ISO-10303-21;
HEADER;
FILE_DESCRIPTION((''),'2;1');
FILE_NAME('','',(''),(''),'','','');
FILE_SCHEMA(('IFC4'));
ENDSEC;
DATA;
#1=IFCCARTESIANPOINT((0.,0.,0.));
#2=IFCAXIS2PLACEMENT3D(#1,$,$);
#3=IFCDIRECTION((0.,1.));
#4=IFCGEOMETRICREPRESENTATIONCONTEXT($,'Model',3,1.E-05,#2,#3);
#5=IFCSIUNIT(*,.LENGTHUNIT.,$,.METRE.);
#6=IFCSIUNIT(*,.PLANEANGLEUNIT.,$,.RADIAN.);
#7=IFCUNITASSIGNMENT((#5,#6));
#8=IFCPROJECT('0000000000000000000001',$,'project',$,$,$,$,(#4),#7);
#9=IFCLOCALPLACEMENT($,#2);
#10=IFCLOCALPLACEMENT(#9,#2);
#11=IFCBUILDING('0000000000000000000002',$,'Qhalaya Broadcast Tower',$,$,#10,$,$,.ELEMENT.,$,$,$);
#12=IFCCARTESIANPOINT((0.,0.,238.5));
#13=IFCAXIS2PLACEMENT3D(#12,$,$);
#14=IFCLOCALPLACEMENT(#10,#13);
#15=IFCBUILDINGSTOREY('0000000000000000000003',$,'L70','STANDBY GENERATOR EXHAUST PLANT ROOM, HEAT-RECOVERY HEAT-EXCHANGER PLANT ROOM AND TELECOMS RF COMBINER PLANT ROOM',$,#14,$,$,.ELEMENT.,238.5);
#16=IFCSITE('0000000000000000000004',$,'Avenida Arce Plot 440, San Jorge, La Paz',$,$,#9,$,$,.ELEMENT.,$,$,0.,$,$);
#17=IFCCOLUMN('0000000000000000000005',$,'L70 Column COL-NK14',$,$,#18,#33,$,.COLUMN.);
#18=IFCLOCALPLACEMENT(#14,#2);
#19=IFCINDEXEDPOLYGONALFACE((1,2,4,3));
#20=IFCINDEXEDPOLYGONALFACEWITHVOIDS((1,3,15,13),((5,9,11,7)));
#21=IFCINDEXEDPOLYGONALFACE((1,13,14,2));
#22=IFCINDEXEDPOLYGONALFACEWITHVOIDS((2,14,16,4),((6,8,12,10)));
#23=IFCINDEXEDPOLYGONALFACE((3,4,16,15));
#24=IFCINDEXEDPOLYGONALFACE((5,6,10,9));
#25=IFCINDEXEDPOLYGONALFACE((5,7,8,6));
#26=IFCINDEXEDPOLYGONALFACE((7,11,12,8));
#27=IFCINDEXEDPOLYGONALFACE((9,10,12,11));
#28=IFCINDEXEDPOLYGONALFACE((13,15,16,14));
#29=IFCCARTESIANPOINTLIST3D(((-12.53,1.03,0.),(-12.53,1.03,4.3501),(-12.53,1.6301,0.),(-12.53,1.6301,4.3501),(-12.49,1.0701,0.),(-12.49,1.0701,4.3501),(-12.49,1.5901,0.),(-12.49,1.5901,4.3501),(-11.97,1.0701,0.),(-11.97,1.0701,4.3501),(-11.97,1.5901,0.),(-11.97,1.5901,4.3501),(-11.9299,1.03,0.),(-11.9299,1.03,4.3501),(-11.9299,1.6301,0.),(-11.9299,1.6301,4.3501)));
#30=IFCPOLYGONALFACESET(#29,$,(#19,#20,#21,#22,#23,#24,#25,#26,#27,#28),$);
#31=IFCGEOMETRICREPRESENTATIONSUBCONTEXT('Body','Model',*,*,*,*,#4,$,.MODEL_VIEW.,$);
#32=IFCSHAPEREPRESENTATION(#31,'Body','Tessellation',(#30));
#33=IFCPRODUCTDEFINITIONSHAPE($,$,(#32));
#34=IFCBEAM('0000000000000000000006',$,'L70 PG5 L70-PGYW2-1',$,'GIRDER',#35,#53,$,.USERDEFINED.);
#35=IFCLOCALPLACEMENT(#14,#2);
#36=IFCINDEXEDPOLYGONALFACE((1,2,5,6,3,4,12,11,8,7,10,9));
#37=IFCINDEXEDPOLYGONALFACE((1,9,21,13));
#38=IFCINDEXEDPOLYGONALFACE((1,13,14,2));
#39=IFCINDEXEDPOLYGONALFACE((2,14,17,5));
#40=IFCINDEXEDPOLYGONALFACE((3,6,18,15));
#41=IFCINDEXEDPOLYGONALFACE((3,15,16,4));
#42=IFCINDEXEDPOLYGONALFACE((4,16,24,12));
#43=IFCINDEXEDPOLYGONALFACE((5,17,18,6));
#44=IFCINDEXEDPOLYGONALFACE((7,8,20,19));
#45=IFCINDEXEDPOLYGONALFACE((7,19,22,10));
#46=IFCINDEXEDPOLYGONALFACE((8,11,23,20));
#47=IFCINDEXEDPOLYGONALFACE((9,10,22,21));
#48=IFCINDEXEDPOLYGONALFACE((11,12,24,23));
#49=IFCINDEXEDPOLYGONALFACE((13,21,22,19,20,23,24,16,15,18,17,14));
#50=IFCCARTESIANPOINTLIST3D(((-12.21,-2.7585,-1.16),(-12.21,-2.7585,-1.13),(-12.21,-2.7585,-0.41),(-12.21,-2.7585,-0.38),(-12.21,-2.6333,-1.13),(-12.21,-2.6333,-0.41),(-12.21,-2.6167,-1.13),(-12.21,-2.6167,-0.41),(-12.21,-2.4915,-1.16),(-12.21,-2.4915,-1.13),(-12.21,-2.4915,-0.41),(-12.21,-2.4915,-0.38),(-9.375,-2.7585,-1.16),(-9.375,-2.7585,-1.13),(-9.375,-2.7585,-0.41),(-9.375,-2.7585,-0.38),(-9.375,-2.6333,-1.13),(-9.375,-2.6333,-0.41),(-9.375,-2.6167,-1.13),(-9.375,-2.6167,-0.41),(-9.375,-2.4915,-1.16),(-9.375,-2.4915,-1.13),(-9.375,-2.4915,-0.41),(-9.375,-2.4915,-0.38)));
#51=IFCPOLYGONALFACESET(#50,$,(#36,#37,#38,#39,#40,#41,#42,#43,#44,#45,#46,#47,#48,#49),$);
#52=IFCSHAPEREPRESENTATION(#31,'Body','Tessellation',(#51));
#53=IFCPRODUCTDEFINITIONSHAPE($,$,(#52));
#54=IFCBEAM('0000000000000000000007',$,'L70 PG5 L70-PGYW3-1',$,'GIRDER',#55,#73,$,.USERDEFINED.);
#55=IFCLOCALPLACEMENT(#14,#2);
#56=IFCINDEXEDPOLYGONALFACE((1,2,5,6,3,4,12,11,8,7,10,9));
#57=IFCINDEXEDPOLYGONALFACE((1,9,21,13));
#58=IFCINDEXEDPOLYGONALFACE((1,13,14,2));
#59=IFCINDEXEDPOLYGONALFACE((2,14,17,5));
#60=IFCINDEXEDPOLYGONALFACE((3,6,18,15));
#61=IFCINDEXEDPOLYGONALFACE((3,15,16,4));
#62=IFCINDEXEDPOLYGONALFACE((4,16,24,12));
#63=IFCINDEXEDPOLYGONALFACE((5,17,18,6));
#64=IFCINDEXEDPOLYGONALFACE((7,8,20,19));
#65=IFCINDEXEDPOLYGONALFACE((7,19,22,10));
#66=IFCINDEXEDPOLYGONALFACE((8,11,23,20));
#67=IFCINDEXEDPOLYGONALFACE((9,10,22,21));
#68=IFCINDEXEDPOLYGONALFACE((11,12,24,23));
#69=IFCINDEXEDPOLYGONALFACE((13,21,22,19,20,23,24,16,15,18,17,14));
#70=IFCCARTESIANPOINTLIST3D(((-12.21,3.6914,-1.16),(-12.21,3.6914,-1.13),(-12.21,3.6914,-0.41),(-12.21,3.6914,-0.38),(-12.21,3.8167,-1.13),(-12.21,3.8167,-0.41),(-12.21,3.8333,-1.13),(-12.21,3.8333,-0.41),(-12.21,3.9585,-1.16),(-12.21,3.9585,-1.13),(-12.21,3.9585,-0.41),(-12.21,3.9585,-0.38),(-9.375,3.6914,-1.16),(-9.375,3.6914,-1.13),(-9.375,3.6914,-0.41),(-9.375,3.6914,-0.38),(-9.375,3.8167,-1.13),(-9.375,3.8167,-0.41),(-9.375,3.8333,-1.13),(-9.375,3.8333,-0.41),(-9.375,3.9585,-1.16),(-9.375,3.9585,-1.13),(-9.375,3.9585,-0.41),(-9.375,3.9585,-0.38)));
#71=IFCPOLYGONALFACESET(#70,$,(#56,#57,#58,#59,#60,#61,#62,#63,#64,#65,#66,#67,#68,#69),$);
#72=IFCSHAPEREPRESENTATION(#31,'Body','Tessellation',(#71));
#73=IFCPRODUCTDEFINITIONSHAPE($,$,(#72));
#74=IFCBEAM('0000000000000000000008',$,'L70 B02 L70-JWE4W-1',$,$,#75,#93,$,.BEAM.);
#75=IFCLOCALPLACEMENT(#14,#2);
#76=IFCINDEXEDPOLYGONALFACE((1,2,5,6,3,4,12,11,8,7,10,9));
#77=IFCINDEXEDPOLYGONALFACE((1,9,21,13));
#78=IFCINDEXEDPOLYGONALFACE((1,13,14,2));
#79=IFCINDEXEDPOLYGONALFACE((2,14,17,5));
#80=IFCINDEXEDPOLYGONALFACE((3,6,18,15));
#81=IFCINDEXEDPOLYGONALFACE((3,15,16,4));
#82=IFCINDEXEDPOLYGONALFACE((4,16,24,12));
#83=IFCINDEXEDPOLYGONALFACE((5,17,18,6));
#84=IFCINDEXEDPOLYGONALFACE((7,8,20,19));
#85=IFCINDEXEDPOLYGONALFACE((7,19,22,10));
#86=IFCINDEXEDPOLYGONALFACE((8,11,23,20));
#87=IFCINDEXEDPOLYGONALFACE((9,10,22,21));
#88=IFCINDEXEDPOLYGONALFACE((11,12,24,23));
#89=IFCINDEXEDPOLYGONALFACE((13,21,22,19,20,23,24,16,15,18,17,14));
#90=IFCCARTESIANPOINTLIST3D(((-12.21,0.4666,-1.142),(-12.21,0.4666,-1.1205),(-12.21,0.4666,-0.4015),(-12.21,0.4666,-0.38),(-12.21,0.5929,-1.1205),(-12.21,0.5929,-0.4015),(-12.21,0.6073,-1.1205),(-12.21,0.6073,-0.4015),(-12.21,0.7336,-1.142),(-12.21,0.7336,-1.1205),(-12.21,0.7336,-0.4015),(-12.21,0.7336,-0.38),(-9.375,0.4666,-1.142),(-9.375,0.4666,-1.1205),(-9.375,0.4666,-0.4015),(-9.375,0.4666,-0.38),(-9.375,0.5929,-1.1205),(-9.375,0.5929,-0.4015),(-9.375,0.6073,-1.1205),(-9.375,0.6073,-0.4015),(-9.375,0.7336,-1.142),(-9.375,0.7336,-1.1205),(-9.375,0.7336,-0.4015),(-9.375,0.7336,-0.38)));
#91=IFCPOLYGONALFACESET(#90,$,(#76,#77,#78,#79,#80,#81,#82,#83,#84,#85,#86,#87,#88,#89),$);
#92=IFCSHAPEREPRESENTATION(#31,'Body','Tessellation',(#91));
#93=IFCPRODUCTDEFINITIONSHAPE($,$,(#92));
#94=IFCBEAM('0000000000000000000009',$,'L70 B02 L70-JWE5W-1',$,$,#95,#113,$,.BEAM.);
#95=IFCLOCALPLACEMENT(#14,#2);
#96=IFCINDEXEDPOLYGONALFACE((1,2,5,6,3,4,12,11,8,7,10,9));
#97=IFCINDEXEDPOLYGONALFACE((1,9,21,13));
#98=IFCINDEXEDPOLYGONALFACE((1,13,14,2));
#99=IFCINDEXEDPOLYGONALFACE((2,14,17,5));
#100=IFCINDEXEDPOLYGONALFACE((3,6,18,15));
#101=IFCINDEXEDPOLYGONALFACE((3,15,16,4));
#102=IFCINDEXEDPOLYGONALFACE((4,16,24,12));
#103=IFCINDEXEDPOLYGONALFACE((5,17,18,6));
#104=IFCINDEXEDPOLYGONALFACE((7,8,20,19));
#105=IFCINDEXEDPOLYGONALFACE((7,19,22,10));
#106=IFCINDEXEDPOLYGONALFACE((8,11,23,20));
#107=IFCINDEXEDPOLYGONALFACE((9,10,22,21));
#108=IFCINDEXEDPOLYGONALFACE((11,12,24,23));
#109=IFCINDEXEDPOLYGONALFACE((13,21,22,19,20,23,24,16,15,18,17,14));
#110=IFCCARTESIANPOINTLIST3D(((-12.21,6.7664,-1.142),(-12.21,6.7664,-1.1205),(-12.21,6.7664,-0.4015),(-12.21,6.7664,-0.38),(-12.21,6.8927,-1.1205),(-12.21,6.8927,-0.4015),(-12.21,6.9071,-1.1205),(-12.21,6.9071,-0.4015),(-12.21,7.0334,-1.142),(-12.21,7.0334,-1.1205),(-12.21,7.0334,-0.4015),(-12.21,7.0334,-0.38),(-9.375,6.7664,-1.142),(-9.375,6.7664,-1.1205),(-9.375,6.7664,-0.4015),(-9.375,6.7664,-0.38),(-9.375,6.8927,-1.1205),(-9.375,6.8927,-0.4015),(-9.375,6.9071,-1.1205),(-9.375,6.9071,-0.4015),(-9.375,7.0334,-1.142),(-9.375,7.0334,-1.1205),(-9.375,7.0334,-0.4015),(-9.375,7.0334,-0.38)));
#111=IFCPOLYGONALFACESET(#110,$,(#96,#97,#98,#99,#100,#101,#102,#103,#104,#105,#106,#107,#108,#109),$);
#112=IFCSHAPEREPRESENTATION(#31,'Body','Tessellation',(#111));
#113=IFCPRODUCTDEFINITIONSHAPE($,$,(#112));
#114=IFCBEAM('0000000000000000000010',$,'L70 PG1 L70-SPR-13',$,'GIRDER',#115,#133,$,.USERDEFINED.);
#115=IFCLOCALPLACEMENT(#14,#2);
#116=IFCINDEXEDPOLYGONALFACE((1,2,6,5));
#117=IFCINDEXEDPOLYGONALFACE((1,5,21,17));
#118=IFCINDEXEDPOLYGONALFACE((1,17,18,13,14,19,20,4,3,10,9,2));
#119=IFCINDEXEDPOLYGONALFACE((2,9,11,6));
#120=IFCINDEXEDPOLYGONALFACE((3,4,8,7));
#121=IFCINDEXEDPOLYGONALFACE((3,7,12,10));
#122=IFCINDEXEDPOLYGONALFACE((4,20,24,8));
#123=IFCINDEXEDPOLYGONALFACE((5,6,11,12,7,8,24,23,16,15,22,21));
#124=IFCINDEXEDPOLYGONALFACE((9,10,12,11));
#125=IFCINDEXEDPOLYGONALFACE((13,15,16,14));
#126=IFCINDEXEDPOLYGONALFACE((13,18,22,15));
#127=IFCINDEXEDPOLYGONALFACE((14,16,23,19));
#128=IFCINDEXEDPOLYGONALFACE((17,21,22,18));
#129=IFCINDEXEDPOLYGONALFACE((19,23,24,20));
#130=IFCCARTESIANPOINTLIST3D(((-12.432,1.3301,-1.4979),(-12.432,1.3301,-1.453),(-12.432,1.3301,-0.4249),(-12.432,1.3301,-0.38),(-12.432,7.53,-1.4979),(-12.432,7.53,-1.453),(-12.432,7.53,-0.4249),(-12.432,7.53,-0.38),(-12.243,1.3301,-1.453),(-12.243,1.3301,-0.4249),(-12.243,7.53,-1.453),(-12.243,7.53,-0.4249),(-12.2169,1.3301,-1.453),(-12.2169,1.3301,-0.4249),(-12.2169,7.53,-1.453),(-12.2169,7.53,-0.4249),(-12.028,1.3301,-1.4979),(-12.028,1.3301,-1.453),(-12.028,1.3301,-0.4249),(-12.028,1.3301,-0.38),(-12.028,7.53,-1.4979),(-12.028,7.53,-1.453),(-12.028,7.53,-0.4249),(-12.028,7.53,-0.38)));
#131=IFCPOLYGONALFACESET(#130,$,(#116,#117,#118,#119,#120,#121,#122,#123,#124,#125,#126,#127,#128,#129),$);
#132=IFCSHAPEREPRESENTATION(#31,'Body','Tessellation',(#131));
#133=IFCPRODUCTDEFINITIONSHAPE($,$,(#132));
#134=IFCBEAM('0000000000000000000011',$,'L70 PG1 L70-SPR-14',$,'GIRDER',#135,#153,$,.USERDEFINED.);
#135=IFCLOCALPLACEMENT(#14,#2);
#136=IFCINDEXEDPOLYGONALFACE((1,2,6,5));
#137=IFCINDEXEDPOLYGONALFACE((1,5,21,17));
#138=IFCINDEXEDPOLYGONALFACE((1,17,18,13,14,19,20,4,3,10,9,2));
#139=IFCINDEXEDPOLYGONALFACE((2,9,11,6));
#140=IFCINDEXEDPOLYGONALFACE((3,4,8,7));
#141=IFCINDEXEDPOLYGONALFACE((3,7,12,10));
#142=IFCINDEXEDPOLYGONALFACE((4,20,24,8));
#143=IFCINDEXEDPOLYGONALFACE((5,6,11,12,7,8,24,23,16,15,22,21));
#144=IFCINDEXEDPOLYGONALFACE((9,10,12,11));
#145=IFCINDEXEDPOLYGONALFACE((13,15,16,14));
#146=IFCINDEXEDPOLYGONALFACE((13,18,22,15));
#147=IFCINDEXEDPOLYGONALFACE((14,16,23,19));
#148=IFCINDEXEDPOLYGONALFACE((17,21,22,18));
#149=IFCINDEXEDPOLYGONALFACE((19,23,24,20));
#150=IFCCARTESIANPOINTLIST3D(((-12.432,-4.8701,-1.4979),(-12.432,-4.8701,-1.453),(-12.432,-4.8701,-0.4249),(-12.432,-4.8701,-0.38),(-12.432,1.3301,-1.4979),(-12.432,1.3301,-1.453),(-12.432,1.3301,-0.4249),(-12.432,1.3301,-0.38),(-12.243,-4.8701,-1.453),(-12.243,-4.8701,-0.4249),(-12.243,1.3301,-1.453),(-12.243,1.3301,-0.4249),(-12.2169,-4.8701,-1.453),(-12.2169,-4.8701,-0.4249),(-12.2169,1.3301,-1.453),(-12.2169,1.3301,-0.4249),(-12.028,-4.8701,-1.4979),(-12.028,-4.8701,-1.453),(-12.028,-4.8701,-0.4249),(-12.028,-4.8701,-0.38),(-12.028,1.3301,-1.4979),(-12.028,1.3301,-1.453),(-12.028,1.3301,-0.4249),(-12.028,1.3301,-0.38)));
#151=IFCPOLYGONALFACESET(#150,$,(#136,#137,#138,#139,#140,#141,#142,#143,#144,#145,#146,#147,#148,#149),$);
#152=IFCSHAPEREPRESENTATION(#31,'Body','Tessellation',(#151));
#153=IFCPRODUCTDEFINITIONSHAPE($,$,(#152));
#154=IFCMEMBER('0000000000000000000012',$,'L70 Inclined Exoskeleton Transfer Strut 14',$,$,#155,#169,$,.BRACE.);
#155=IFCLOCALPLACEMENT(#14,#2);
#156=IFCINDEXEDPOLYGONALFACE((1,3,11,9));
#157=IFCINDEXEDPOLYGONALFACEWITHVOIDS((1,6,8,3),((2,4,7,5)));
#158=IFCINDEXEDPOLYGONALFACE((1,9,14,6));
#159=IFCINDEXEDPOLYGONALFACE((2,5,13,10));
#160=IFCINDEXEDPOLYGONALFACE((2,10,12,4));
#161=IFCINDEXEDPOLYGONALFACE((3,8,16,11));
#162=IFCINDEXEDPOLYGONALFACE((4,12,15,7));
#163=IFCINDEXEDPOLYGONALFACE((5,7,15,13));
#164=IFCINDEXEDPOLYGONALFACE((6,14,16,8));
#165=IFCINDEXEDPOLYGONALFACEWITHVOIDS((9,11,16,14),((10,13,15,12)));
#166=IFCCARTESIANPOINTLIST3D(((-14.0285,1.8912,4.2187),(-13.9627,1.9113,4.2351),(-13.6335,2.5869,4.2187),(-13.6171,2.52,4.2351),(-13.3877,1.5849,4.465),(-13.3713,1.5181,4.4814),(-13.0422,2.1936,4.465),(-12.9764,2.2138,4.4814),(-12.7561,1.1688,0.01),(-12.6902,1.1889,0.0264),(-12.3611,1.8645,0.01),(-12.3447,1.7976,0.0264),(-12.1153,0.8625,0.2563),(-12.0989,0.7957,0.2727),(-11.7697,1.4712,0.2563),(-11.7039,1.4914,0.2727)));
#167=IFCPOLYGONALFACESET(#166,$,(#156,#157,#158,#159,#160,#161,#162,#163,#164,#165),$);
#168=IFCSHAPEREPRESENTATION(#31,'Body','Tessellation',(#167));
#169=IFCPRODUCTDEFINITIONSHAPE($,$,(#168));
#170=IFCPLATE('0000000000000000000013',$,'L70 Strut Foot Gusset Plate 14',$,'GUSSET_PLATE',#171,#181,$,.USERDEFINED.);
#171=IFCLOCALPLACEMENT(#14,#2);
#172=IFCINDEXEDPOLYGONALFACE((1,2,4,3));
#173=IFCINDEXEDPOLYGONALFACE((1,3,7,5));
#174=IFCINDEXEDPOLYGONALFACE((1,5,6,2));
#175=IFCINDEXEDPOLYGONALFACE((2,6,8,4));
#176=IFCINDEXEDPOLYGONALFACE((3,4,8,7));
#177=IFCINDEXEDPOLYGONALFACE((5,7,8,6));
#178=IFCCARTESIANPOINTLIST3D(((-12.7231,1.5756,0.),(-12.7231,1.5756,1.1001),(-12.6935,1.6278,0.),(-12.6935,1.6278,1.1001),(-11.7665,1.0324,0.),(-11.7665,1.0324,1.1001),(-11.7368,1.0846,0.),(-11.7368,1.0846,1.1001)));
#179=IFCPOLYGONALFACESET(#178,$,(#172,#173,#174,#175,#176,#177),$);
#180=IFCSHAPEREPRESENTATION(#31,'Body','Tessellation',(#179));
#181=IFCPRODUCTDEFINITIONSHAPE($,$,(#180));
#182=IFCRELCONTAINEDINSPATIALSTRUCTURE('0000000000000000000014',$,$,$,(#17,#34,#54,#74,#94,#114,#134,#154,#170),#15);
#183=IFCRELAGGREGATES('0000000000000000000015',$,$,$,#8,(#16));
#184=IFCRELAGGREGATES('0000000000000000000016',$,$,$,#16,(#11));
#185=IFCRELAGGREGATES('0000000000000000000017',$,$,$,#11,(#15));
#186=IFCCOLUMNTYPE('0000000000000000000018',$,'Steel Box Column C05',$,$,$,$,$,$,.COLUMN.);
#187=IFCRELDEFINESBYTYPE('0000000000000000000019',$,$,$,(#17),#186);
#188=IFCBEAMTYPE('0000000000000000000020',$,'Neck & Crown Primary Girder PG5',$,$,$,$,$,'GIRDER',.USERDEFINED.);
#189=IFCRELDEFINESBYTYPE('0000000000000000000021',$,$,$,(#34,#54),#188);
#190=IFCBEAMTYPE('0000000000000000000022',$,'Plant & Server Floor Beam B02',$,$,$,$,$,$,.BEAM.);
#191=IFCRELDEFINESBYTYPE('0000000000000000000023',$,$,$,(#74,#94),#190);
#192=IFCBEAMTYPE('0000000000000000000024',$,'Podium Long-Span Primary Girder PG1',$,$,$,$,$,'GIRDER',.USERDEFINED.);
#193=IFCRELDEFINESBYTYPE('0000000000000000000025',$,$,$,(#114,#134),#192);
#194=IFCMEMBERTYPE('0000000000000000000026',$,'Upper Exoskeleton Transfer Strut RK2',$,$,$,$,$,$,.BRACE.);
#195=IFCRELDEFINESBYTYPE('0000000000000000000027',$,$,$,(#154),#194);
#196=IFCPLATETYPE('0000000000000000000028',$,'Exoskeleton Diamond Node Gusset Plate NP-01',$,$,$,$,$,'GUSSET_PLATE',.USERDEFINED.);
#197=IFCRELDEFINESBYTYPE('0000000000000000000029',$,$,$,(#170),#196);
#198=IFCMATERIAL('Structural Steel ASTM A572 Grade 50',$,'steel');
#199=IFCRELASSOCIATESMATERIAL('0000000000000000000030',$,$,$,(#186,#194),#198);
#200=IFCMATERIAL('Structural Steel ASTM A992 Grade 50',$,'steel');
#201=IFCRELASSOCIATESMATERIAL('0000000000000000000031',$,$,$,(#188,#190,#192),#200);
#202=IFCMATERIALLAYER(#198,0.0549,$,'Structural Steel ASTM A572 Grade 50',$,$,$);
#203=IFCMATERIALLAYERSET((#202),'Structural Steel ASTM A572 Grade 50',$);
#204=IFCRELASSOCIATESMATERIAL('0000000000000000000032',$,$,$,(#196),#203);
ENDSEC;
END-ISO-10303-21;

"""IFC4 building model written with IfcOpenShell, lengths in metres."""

from ifc_helpers import new_model, si_unit, direction, frame, origin, origin_2d, place, context, subcontext, project, spatial, rectangle, hollow_rectangle, i_section, extrude, material, layer, layer_set, material_profile, profile_set, type_object, element, save


model = new_model("IFC4")

# Units and contexts
model_context = context("Model", 3, precision=1e-05, world=origin(), true_north=direction((0.0, 1.0)))
body_context = subcontext(model_context, "Body", "Model", "MODEL_VIEW")
ifc_project = project(units=[si_unit("LENGTHUNIT", "METRE"), si_unit("PLANEANGLEUNIT", "RADIAN")], contexts=[model_context])

# Site, building, storey
site_placement = place(None, origin())
site = spatial("IfcSite", under=ifc_project, at=site_placement, Name="Avenida Arce Plot 440, San Jorge, La Paz", CompositionType="ELEMENT", RefElevation=0.0)
building_placement = place(site_placement, origin())
building = spatial("IfcBuilding", under=site, at=building_placement, Name="Qhalaya Broadcast Tower", CompositionType="ELEMENT")
storey_placement = place(building_placement, frame((0.0, 0.0, 238.5)))
storey = spatial("IfcBuildingStorey", under=building, at=storey_placement, Name="L70", Description="STANDBY GENERATOR EXHAUST PLANT ROOM, HEAT-RECOVERY HEAT-EXCHANGER PLANT ROOM AND TELECOMS RF COMBINER PLANT ROOM", CompositionType="ELEMENT", Elevation=238.5)

# Column
ifc_material_1 = material(Name="Structural Steel ASTM A572 Grade 50", Category="steel")
ifc_material_profile_1 = material_profile(ifc_material_1, hollow_rectangle(XDim=0.6001, YDim=0.6001, WallThickness=0.04, at=origin_2d()), Name="BOX 600x600x40")
ifc_profile_set_1 = profile_set([ifc_material_profile_1], Name="Structural Steel ASTM A572 Grade 50")
column_type = type_object("IfcColumnType", Name="Steel Box Column C05", PredefinedType="COLUMN", material=ifc_profile_set_1)
column_placement = place(storey_placement, frame((-12.23, 1.3301, 0.0), z_axis=(0.0, 0.0, 1.0), x_axis=(0.0, 1.0, 0.0)))
element("IfcColumn", 1, at=column_placement, inside=storey, type_object=column_type, Name="L70 Column COL-NK14", PredefinedType="COLUMN", context=body_context, shape_type="SweptSolid", body=[
    extrude(hollow_rectangle(XDim=0.6001, YDim=0.6001, WallThickness=0.04, at=origin_2d()), origin(), (0.0, 0.0, 1.0), 4.3501),
])

# Beams
ifc_material_2 = material(Name="Structural Steel ASTM A992 Grade 50", Category="steel")
ifc_material_profile_2 = material_profile(ifc_material_2, i_section(OverallWidth=0.2671, OverallDepth=0.78, WebThickness=0.0166, FlangeThickness=0.03, at=origin_2d()), Name="W30X148")
ifc_profile_set_2 = profile_set([ifc_material_profile_2], Name="Structural Steel ASTM A992 Grade 50")
beam_type_1 = type_object("IfcBeamType", Name="Neck & Crown Primary Girder PG5", ElementType="GIRDER", PredefinedType="USERDEFINED", material=ifc_profile_set_2)
for number, where, z_axis, x_axis, name in (
    (2, (-12.21, -2.625, -0.77), (1.0, 0.0, 0.0), (0.0, 1.0, 0.0), "L70 PG5 L70-PGYW2-1"),
    (3, (-12.21, 3.825, -0.77), (1.0, 0.0, 0.0), (0.0, 1.0, 0.0), "L70 PG5 L70-PGYW3-1"),
):
    element("IfcBeam", number, at=place(storey_placement, frame(where, z_axis=z_axis, x_axis=x_axis)), inside=storey, type_object=beam_type_1, Name=name, ObjectType="GIRDER", PredefinedType="USERDEFINED", context=body_context, shape_type="SweptSolid", body=[
        extrude(i_section(OverallWidth=0.2671, OverallDepth=0.78, WebThickness=0.0166, FlangeThickness=0.03, at=origin_2d()), origin(), (0.0, 0.0, 1.0), 2.835),
    ])
ifc_material_profile_3 = material_profile(ifc_material_2, i_section(OverallWidth=0.2671, OverallDepth=0.762, WebThickness=0.0144, FlangeThickness=0.0215, at=origin_2d()), Name="W30X116")
ifc_profile_set_3 = profile_set([ifc_material_profile_3], Name="Structural Steel ASTM A992 Grade 50")
beam_type_2 = type_object("IfcBeamType", Name="Plant & Server Floor Beam B02", PredefinedType="BEAM", material=ifc_profile_set_3)
for number, where, z_axis, x_axis, name in (
    (4, (-12.21, 0.6001, -0.761), (1.0, 0.0, 0.0), (0.0, 1.0, 0.0), "L70 B02 L70-JWE4W-1"),
    (5, (-12.21, 6.8999, -0.761), (1.0, 0.0, 0.0), (0.0, 1.0, 0.0), "L70 B02 L70-JWE5W-1"),
):
    element("IfcBeam", number, at=place(storey_placement, frame(where, z_axis=z_axis, x_axis=x_axis)), inside=storey, type_object=beam_type_2, Name=name, PredefinedType="BEAM", context=body_context, shape_type="SweptSolid", body=[
        extrude(i_section(OverallWidth=0.2671, OverallDepth=0.762, WebThickness=0.0144, FlangeThickness=0.0215, at=origin_2d()), origin(), (0.0, 0.0, 1.0), 2.835),
    ])
ifc_material_profile_4 = material_profile(ifc_material_2, i_section(OverallWidth=0.4041, OverallDepth=1.1179, WebThickness=0.0261, FlangeThickness=0.0449, at=origin_2d()), Name="W44X335")
ifc_profile_set_4 = profile_set([ifc_material_profile_4], Name="Structural Steel ASTM A992 Grade 50")
beam_type_3 = type_object("IfcBeamType", Name="Podium Long-Span Primary Girder PG1", ElementType="GIRDER", PredefinedType="USERDEFINED", material=ifc_profile_set_4)
beam_1_placement = place(storey_placement, frame((-12.23, 7.53, -0.939), z_axis=(0.0, -1.0, 0.0), x_axis=(1.0, 0.0, 0.0)))
element("IfcBeam", 6, at=beam_1_placement, inside=storey, type_object=beam_type_3, Name="L70 PG1 L70-SPR-13", ObjectType="GIRDER", PredefinedType="USERDEFINED", context=body_context, shape_type="SweptSolid", body=[
    extrude(i_section(OverallWidth=0.4041, OverallDepth=1.1179, WebThickness=0.0261, FlangeThickness=0.0449, at=origin_2d()), origin(), (0.0, 0.0, 1.0), 6.2),
])
beam_2_placement = place(storey_placement, frame((-12.23, 1.3301, -0.939), z_axis=(0.0, -1.0, 0.0), x_axis=(1.0, 0.0, 0.0)))
element("IfcBeam", 7, at=beam_2_placement, inside=storey, type_object=beam_type_3, Name="L70 PG1 L70-SPR-14", ObjectType="GIRDER", PredefinedType="USERDEFINED", context=body_context, shape_type="SweptSolid", body=[
    extrude(i_section(OverallWidth=0.4041, OverallDepth=1.1179, WebThickness=0.0261, FlangeThickness=0.0449, at=origin_2d()), origin(), (0.0, 0.0, 1.0), 6.2002),
])

# Member
ifc_material_profile_5 = material_profile(ifc_material_1, hollow_rectangle(XDim=0.8, YDim=0.8, WallThickness=0.05, at=origin_2d()), Name="BOX 800x800x50")
ifc_profile_set_5 = profile_set([ifc_material_profile_5], Name="Structural Steel ASTM A572 Grade 50")
member_type = type_object("IfcMemberType", Name="Upper Exoskeleton Transfer Strut RK2", PredefinedType="BRACE", material=ifc_profile_set_5)
member_placement = place(storey_placement, frame((-12.23, 1.3301, 0.1414), z_axis=(-0.285571, 0.162127, 0.944544), x_axis=(-0.493711, -0.869626, 0.0)))
element("IfcMember", 8, at=member_placement, inside=storey, type_object=member_type, Name="L70 Inclined Exoskeleton Transfer Strut 14", PredefinedType="BRACE", context=body_context, shape_type="SweptSolid", body=[
    extrude(hollow_rectangle(XDim=0.8, YDim=0.8, WallThickness=0.05, at=origin_2d()), origin(), (0.0, 0.0, 1.0), 4.4558),
])

# Plate
ifc_layer_1 = layer(ifc_material_1, 0.0549, Name="Structural Steel ASTM A572 Grade 50")
ifc_layer_set_1 = layer_set([ifc_layer_1], Name="Structural Steel ASTM A572 Grade 50")
plate_type_1 = type_object("IfcPlateType", Name="Exoskeleton Diamond Node Gusset Plate NP-01", ElementType="GUSSET_PLATE", PredefinedType="USERDEFINED", material=ifc_layer_set_1)
for number, where, z_axis, x_axis, name in (
    (9, (-12.23, 1.3301, 0.0), (0.0, 0.0, 1.0), (-0.86959, 0.493775, 0.0), "L70 Strut Foot Gusset Plate 14"),
):
    element("IfcPlate", number, at=place(storey_placement, frame(where, z_axis=z_axis, x_axis=x_axis)), inside=storey, type_object=plate_type_1, Name=name, ObjectType="GUSSET_PLATE", PredefinedType="USERDEFINED", context=body_context, shape_type="SweptSolid", body=[
        extrude(rectangle(XDim=1.1001, YDim=0.0601, at=origin_2d()), origin(), (0.0, 0.0, 1.0), 1.1001),
    ])

save(model, "model.ifc")
